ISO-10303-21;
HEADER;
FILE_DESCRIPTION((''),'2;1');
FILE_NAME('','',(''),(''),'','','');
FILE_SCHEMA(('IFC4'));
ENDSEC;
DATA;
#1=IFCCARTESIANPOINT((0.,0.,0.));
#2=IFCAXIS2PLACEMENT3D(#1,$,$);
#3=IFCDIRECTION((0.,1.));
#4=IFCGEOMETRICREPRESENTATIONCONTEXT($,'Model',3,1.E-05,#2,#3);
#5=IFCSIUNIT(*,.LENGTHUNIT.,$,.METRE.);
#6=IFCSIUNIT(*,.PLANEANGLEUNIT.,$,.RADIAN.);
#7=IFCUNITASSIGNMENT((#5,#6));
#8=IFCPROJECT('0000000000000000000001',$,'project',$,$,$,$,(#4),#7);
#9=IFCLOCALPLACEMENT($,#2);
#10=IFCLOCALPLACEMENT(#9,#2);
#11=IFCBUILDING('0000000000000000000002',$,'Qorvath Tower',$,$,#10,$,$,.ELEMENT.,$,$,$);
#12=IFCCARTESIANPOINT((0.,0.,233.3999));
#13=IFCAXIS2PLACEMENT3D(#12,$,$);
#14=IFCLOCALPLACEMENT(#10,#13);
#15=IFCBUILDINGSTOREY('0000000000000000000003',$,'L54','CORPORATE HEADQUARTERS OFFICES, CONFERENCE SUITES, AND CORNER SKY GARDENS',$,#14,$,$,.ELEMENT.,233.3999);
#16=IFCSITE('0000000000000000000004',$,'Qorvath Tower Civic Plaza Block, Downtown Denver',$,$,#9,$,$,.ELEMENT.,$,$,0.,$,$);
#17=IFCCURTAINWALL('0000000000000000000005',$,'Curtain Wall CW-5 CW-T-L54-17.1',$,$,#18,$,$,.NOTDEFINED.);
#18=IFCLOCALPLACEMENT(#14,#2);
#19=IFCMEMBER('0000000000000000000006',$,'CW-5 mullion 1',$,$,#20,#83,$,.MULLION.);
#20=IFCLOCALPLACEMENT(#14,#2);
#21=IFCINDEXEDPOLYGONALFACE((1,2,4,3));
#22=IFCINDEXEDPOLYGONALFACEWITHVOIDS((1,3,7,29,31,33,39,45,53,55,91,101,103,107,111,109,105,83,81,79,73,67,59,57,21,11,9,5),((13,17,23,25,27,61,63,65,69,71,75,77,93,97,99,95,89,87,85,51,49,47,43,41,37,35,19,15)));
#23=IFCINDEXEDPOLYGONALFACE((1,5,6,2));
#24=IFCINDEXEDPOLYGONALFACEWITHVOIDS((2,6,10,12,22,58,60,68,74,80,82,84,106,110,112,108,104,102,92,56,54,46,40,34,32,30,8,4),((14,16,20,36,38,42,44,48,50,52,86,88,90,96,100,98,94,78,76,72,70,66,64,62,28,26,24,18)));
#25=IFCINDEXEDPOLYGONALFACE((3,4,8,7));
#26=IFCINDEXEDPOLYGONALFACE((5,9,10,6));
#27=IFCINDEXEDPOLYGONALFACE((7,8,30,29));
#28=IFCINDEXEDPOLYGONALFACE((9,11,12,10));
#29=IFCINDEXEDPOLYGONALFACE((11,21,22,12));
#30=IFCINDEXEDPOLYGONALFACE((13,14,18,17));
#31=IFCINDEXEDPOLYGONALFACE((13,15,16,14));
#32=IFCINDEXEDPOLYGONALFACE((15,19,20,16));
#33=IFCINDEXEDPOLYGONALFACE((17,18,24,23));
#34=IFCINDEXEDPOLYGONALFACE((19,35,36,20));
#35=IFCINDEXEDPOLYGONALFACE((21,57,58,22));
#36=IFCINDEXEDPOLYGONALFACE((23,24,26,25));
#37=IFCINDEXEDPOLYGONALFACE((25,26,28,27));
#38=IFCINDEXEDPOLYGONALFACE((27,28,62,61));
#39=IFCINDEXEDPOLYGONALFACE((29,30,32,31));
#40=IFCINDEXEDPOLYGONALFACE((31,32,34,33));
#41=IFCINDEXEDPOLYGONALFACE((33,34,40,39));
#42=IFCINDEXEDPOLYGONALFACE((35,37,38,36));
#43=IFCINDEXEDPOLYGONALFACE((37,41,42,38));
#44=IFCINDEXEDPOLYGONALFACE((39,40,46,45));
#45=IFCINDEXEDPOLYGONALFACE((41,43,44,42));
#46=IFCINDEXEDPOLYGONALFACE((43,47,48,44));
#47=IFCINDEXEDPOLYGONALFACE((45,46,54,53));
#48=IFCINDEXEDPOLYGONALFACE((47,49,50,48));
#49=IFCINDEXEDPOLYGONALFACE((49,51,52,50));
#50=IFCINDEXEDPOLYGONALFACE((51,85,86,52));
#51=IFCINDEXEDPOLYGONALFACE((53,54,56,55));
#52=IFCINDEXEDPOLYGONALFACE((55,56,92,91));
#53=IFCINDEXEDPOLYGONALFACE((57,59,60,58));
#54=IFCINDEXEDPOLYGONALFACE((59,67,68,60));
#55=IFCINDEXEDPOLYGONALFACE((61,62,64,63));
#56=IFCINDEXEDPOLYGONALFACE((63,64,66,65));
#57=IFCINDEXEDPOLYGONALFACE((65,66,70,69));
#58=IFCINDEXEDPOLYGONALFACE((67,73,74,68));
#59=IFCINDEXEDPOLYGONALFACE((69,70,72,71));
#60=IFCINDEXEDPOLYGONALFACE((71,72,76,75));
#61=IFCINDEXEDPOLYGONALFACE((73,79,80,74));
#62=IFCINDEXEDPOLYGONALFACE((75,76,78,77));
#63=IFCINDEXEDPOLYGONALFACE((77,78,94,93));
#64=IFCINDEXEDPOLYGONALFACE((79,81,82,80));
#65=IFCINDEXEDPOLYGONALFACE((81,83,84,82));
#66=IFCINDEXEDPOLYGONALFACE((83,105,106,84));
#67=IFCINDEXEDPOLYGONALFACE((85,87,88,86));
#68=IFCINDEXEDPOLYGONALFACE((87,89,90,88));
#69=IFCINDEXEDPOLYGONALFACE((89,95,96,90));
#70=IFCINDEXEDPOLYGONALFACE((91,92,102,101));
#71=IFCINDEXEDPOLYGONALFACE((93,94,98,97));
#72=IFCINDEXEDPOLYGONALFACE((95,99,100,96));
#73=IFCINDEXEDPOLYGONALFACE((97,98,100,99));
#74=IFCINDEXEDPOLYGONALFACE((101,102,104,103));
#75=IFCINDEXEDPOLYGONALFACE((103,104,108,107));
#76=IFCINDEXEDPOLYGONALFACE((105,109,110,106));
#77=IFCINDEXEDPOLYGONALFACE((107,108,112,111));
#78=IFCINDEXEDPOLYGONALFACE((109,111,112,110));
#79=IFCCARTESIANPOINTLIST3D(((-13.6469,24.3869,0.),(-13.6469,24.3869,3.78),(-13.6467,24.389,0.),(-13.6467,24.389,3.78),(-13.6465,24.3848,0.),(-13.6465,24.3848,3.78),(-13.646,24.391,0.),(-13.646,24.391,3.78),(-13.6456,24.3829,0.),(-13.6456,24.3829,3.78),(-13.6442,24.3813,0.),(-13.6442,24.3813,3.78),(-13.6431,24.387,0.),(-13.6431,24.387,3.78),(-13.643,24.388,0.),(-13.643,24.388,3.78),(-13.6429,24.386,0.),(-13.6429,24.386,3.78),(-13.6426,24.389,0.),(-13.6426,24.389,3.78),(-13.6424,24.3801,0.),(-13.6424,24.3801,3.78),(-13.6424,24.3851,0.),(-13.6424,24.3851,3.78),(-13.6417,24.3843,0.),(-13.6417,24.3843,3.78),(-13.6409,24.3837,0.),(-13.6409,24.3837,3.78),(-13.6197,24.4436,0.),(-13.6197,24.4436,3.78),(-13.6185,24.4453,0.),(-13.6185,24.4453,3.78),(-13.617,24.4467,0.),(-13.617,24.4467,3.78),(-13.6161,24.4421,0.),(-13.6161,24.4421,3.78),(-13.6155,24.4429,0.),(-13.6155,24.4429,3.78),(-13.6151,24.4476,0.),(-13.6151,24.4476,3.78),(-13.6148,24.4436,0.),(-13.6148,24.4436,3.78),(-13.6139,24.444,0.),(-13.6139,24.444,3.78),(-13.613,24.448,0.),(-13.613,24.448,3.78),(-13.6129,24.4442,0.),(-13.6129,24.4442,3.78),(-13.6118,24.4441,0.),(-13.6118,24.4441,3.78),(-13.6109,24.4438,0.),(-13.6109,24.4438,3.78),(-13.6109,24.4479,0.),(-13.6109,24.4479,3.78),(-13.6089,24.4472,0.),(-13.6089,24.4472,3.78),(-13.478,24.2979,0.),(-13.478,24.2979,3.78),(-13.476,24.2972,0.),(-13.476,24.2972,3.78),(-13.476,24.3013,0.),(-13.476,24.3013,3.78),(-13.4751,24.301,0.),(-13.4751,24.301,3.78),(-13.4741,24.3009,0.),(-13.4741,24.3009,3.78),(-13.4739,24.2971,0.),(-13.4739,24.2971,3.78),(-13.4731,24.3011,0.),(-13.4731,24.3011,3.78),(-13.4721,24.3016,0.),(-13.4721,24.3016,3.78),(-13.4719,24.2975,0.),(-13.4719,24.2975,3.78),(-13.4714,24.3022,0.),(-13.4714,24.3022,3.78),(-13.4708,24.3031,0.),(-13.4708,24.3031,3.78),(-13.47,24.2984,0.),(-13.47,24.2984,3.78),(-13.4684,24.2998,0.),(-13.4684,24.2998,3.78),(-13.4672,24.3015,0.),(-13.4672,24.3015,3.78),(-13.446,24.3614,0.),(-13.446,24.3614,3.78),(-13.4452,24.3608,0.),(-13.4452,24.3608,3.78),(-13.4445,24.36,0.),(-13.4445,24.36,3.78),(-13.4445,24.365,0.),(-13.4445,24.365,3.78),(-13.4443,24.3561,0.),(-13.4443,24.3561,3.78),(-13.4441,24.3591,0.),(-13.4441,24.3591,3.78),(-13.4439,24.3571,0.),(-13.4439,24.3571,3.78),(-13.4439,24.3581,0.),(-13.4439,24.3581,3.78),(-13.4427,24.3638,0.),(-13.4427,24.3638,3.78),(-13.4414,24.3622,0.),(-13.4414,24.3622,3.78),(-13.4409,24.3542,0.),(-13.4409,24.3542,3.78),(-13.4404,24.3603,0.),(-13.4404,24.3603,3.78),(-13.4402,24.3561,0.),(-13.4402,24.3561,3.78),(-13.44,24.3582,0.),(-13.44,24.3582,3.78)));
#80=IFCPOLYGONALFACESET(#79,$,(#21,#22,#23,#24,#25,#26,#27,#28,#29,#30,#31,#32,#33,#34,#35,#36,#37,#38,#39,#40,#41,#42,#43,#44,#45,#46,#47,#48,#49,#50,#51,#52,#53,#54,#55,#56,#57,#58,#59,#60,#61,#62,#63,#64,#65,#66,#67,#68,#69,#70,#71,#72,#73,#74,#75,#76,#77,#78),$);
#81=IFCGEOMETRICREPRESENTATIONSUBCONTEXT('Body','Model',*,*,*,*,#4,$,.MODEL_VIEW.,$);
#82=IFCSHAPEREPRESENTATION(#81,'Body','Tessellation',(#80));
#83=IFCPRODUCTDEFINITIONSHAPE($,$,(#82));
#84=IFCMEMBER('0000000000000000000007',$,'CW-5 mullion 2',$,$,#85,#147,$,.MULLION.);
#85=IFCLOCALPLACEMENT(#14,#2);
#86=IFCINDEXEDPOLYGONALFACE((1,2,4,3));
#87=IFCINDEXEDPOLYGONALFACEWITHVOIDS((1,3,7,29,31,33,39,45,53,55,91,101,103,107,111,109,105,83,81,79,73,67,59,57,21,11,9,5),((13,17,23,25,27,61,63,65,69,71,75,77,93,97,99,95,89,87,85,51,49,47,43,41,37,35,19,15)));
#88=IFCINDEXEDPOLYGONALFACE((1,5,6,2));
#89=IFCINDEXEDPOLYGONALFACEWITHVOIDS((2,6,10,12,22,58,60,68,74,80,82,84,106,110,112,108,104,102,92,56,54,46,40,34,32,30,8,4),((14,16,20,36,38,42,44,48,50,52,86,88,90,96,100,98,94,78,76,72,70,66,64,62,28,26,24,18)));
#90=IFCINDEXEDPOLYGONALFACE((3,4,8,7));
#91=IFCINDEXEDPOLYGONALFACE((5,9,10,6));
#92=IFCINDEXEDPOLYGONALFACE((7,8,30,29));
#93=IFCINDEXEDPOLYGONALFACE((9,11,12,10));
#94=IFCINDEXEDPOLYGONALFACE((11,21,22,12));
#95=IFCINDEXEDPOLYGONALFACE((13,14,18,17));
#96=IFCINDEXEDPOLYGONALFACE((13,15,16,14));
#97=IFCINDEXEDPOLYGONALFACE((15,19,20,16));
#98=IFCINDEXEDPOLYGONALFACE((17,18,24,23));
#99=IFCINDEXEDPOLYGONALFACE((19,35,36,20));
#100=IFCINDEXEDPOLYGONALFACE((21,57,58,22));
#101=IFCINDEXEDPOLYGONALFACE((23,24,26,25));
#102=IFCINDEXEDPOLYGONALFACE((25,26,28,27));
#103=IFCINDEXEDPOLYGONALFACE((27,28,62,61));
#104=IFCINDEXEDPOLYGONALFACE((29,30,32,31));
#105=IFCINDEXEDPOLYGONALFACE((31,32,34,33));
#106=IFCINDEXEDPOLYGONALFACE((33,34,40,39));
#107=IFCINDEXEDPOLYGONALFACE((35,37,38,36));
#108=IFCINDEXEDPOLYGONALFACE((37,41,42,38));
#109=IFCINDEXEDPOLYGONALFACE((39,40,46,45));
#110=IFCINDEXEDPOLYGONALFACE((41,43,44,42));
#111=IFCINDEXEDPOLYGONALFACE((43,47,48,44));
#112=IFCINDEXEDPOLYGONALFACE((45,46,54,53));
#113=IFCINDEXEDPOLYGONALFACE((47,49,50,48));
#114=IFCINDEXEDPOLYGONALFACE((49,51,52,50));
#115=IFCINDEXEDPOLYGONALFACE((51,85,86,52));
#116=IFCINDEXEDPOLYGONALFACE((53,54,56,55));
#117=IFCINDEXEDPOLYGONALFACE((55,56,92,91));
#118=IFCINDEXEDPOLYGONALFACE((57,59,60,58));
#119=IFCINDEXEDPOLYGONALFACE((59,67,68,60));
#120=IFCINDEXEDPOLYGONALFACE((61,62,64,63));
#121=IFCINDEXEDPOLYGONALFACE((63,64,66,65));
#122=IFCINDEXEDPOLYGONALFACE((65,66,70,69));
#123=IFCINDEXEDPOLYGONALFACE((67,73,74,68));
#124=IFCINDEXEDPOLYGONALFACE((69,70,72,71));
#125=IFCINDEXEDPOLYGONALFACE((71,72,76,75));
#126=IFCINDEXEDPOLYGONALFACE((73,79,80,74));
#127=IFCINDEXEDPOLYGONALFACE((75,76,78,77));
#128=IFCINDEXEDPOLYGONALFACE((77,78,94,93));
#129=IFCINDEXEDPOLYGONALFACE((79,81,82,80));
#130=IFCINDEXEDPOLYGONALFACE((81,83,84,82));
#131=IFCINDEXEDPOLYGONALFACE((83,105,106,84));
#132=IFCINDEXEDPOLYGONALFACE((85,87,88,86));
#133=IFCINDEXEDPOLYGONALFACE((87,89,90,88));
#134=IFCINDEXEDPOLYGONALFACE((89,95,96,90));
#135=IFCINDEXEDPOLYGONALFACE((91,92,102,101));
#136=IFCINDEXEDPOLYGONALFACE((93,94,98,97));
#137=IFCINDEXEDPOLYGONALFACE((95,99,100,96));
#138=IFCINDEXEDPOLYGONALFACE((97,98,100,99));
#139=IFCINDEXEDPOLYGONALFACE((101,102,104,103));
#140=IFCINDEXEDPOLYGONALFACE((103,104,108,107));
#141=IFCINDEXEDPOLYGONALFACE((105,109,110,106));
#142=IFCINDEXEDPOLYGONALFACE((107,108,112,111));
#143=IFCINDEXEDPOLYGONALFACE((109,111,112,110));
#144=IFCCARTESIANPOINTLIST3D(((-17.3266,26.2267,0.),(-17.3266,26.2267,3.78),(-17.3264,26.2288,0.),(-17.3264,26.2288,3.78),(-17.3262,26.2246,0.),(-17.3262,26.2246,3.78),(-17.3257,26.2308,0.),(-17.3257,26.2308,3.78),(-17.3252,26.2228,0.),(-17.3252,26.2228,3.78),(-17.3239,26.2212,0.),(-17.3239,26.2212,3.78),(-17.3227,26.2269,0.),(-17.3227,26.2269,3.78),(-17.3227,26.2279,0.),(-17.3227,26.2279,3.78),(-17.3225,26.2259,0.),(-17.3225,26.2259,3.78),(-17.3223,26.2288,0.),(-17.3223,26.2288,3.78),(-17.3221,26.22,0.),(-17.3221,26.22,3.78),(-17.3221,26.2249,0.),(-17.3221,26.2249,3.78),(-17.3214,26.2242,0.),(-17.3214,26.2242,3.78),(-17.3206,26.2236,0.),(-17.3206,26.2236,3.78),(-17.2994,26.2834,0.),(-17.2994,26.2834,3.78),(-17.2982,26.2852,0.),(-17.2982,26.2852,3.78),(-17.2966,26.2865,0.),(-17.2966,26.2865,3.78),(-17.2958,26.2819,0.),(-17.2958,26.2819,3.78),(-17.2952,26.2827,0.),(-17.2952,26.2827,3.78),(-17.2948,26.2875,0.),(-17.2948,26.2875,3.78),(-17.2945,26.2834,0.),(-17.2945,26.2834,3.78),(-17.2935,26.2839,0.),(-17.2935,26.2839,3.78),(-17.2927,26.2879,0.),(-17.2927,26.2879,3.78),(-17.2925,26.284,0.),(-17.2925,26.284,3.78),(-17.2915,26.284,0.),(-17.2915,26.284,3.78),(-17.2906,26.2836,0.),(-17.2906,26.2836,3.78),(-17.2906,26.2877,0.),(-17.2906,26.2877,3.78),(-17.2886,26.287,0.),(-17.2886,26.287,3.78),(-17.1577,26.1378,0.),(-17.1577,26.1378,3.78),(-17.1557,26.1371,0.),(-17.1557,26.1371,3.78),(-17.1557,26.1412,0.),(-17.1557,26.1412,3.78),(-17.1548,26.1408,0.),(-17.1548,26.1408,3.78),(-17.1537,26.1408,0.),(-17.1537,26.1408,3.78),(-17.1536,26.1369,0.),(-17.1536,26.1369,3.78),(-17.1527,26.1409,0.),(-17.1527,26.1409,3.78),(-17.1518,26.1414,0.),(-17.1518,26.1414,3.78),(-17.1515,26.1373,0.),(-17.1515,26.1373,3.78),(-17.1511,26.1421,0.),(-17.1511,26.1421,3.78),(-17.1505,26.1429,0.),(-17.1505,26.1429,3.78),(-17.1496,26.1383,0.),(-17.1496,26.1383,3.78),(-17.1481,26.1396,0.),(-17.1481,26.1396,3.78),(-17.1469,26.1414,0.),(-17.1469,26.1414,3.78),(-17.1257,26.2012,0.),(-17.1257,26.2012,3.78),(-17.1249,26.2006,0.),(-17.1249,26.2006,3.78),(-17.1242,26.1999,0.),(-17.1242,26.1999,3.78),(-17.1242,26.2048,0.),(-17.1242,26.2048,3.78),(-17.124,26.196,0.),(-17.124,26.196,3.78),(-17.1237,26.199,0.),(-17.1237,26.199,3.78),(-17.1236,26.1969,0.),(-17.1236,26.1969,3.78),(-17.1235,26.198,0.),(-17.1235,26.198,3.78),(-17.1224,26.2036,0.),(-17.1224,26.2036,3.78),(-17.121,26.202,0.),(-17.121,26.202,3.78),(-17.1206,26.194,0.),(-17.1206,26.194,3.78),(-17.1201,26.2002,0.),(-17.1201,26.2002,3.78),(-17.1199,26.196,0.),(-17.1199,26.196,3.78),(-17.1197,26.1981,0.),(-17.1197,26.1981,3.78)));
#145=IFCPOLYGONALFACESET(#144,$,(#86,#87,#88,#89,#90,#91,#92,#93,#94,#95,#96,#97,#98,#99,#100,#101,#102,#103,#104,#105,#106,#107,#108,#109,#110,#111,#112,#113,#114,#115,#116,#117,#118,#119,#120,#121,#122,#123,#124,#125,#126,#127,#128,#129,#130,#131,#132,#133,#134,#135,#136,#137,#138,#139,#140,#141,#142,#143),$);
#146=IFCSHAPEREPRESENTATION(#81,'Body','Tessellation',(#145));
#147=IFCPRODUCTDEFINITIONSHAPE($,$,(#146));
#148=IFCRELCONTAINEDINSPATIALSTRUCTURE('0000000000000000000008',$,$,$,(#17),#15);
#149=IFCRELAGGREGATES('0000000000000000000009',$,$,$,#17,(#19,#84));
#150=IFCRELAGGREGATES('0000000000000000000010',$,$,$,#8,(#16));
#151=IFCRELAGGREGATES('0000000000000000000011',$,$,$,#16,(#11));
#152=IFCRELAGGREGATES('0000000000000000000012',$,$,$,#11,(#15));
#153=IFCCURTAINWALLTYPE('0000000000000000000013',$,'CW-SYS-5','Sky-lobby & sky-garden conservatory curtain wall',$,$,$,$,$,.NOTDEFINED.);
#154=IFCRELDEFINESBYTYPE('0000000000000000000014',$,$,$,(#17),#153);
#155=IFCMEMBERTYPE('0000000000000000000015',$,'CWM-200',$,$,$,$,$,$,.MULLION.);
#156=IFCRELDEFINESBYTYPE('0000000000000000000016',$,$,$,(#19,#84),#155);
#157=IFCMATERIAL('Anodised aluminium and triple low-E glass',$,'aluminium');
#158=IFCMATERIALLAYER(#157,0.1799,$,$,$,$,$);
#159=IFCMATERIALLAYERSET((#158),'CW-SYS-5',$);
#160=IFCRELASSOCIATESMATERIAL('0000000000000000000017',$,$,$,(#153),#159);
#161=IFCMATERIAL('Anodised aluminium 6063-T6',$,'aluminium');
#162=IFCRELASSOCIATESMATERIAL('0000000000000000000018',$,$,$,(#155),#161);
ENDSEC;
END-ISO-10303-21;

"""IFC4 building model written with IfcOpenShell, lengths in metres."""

from ifc_helpers import new_model, si_unit, direction, frame, origin, origin_2d, place, context, subcontext, project, spatial, hollow_rectangle, extrude, material, layer, layer_set, material_profile, profile_set, type_object, element, aggregate, save


model = new_model("IFC4")

# Units and contexts
model_context = context("Model", 3, precision=1e-05, world=origin(), true_north=direction((0.0, 1.0)))
body_context = subcontext(model_context, "Body", "Model", "MODEL_VIEW")
ifc_project = project(units=[si_unit("LENGTHUNIT", "METRE"), si_unit("PLANEANGLEUNIT", "RADIAN")], contexts=[model_context])

# Site, building, storey
site_placement = place(None, origin())
site = spatial("IfcSite", under=ifc_project, at=site_placement, Name="Qorvath Tower Civic Plaza Block, Downtown Denver", CompositionType="ELEMENT", RefElevation=0.0)
building_placement = place(site_placement, origin())
building = spatial("IfcBuilding", under=site, at=building_placement, Name="Qorvath Tower", CompositionType="ELEMENT")
storey_placement = place(building_placement, frame((0.0, 0.0, 233.3999)))
storey = spatial("IfcBuildingStorey", under=building, at=storey_placement, Name="L54", Description="CORPORATE HEADQUARTERS OFFICES, CONFERENCE SUITES, AND CORNER SKY GARDENS", CompositionType="ELEMENT", Elevation=233.3999)

# Shared definitions
ifc_material_1 = material(Name="Anodised aluminium and triple low-E glass", Category="aluminium")
ifc_layer_1 = layer(ifc_material_1, 0.1799)
ifc_layer_set_1 = layer_set([ifc_layer_1], Name="CW-SYS-5")
curtain_wall_type = type_object("IfcCurtainWallType", Name="CW-SYS-5", Description="Sky-lobby & sky-garden conservatory curtain wall", PredefinedType="NOTDEFINED", material=ifc_layer_set_1)
ifc_material_2 = material(Name="Anodised aluminium 6063-T6", Category="aluminium")
ifc_material_profile_1 = material_profile(ifc_material_2, hollow_rectangle(XDim=0.075, YDim=0.2, WallThickness=0.0039, InnerFilletRadius=0.0039, OuterFilletRadius=0.0081, at=origin_2d()), Name="CWM 200x75")
ifc_profile_set_1 = profile_set([ifc_material_profile_1], Name="Anodised aluminium 6063-T6")
member_type_1 = type_object("IfcMemberType", Name="CWM-200", PredefinedType="MULLION", material=ifc_profile_set_1)

# Curtain wall, members
curtain_wall_1_placement = place(storey_placement, origin())
curtain_wall_1 = element("IfcCurtainWall", 1, at=curtain_wall_1_placement, inside=storey, type_object=curtain_wall_type, Name="Curtain Wall CW-5 CW-T-L54-17.1", PredefinedType="NOTDEFINED")
member_1_placement = place(storey_placement, frame((-13.5435, 24.3726, 0.0), z_axis=(0.0, 0.0, 1.0), x_axis=(-0.447214, -0.894427, 0.0)))
member_1 = element("IfcMember", 2, at=member_1_placement, type_object=member_type_1, Name="CW-5 mullion 1", PredefinedType="MULLION", context=body_context, shape_type="SweptSolid", body=[
    extrude(hollow_rectangle(XDim=0.075, YDim=0.2, WallThickness=0.0039, InnerFilletRadius=0.0039, OuterFilletRadius=0.0081, at=origin_2d()), origin(), (0.0, 0.0, 1.0), 3.78),
])
member_2_placement = place(storey_placement, frame((-17.2231, 26.2124, 0.0), z_axis=(0.0, 0.0, 1.0), x_axis=(-0.447214, -0.894427, 0.0)))
member_2 = element("IfcMember", 3, at=member_2_placement, type_object=member_type_1, Name="CW-5 mullion 2", PredefinedType="MULLION", context=body_context, shape_type="SweptSolid", body=[
    extrude(hollow_rectangle(XDim=0.075, YDim=0.2, WallThickness=0.0039, InnerFilletRadius=0.0039, OuterFilletRadius=0.0081, at=origin_2d()), origin(), (0.0, 0.0, 1.0), 3.78),
])

aggregate(curtain_wall_1, [member_1, member_2])

save(model, "model.ifc")
